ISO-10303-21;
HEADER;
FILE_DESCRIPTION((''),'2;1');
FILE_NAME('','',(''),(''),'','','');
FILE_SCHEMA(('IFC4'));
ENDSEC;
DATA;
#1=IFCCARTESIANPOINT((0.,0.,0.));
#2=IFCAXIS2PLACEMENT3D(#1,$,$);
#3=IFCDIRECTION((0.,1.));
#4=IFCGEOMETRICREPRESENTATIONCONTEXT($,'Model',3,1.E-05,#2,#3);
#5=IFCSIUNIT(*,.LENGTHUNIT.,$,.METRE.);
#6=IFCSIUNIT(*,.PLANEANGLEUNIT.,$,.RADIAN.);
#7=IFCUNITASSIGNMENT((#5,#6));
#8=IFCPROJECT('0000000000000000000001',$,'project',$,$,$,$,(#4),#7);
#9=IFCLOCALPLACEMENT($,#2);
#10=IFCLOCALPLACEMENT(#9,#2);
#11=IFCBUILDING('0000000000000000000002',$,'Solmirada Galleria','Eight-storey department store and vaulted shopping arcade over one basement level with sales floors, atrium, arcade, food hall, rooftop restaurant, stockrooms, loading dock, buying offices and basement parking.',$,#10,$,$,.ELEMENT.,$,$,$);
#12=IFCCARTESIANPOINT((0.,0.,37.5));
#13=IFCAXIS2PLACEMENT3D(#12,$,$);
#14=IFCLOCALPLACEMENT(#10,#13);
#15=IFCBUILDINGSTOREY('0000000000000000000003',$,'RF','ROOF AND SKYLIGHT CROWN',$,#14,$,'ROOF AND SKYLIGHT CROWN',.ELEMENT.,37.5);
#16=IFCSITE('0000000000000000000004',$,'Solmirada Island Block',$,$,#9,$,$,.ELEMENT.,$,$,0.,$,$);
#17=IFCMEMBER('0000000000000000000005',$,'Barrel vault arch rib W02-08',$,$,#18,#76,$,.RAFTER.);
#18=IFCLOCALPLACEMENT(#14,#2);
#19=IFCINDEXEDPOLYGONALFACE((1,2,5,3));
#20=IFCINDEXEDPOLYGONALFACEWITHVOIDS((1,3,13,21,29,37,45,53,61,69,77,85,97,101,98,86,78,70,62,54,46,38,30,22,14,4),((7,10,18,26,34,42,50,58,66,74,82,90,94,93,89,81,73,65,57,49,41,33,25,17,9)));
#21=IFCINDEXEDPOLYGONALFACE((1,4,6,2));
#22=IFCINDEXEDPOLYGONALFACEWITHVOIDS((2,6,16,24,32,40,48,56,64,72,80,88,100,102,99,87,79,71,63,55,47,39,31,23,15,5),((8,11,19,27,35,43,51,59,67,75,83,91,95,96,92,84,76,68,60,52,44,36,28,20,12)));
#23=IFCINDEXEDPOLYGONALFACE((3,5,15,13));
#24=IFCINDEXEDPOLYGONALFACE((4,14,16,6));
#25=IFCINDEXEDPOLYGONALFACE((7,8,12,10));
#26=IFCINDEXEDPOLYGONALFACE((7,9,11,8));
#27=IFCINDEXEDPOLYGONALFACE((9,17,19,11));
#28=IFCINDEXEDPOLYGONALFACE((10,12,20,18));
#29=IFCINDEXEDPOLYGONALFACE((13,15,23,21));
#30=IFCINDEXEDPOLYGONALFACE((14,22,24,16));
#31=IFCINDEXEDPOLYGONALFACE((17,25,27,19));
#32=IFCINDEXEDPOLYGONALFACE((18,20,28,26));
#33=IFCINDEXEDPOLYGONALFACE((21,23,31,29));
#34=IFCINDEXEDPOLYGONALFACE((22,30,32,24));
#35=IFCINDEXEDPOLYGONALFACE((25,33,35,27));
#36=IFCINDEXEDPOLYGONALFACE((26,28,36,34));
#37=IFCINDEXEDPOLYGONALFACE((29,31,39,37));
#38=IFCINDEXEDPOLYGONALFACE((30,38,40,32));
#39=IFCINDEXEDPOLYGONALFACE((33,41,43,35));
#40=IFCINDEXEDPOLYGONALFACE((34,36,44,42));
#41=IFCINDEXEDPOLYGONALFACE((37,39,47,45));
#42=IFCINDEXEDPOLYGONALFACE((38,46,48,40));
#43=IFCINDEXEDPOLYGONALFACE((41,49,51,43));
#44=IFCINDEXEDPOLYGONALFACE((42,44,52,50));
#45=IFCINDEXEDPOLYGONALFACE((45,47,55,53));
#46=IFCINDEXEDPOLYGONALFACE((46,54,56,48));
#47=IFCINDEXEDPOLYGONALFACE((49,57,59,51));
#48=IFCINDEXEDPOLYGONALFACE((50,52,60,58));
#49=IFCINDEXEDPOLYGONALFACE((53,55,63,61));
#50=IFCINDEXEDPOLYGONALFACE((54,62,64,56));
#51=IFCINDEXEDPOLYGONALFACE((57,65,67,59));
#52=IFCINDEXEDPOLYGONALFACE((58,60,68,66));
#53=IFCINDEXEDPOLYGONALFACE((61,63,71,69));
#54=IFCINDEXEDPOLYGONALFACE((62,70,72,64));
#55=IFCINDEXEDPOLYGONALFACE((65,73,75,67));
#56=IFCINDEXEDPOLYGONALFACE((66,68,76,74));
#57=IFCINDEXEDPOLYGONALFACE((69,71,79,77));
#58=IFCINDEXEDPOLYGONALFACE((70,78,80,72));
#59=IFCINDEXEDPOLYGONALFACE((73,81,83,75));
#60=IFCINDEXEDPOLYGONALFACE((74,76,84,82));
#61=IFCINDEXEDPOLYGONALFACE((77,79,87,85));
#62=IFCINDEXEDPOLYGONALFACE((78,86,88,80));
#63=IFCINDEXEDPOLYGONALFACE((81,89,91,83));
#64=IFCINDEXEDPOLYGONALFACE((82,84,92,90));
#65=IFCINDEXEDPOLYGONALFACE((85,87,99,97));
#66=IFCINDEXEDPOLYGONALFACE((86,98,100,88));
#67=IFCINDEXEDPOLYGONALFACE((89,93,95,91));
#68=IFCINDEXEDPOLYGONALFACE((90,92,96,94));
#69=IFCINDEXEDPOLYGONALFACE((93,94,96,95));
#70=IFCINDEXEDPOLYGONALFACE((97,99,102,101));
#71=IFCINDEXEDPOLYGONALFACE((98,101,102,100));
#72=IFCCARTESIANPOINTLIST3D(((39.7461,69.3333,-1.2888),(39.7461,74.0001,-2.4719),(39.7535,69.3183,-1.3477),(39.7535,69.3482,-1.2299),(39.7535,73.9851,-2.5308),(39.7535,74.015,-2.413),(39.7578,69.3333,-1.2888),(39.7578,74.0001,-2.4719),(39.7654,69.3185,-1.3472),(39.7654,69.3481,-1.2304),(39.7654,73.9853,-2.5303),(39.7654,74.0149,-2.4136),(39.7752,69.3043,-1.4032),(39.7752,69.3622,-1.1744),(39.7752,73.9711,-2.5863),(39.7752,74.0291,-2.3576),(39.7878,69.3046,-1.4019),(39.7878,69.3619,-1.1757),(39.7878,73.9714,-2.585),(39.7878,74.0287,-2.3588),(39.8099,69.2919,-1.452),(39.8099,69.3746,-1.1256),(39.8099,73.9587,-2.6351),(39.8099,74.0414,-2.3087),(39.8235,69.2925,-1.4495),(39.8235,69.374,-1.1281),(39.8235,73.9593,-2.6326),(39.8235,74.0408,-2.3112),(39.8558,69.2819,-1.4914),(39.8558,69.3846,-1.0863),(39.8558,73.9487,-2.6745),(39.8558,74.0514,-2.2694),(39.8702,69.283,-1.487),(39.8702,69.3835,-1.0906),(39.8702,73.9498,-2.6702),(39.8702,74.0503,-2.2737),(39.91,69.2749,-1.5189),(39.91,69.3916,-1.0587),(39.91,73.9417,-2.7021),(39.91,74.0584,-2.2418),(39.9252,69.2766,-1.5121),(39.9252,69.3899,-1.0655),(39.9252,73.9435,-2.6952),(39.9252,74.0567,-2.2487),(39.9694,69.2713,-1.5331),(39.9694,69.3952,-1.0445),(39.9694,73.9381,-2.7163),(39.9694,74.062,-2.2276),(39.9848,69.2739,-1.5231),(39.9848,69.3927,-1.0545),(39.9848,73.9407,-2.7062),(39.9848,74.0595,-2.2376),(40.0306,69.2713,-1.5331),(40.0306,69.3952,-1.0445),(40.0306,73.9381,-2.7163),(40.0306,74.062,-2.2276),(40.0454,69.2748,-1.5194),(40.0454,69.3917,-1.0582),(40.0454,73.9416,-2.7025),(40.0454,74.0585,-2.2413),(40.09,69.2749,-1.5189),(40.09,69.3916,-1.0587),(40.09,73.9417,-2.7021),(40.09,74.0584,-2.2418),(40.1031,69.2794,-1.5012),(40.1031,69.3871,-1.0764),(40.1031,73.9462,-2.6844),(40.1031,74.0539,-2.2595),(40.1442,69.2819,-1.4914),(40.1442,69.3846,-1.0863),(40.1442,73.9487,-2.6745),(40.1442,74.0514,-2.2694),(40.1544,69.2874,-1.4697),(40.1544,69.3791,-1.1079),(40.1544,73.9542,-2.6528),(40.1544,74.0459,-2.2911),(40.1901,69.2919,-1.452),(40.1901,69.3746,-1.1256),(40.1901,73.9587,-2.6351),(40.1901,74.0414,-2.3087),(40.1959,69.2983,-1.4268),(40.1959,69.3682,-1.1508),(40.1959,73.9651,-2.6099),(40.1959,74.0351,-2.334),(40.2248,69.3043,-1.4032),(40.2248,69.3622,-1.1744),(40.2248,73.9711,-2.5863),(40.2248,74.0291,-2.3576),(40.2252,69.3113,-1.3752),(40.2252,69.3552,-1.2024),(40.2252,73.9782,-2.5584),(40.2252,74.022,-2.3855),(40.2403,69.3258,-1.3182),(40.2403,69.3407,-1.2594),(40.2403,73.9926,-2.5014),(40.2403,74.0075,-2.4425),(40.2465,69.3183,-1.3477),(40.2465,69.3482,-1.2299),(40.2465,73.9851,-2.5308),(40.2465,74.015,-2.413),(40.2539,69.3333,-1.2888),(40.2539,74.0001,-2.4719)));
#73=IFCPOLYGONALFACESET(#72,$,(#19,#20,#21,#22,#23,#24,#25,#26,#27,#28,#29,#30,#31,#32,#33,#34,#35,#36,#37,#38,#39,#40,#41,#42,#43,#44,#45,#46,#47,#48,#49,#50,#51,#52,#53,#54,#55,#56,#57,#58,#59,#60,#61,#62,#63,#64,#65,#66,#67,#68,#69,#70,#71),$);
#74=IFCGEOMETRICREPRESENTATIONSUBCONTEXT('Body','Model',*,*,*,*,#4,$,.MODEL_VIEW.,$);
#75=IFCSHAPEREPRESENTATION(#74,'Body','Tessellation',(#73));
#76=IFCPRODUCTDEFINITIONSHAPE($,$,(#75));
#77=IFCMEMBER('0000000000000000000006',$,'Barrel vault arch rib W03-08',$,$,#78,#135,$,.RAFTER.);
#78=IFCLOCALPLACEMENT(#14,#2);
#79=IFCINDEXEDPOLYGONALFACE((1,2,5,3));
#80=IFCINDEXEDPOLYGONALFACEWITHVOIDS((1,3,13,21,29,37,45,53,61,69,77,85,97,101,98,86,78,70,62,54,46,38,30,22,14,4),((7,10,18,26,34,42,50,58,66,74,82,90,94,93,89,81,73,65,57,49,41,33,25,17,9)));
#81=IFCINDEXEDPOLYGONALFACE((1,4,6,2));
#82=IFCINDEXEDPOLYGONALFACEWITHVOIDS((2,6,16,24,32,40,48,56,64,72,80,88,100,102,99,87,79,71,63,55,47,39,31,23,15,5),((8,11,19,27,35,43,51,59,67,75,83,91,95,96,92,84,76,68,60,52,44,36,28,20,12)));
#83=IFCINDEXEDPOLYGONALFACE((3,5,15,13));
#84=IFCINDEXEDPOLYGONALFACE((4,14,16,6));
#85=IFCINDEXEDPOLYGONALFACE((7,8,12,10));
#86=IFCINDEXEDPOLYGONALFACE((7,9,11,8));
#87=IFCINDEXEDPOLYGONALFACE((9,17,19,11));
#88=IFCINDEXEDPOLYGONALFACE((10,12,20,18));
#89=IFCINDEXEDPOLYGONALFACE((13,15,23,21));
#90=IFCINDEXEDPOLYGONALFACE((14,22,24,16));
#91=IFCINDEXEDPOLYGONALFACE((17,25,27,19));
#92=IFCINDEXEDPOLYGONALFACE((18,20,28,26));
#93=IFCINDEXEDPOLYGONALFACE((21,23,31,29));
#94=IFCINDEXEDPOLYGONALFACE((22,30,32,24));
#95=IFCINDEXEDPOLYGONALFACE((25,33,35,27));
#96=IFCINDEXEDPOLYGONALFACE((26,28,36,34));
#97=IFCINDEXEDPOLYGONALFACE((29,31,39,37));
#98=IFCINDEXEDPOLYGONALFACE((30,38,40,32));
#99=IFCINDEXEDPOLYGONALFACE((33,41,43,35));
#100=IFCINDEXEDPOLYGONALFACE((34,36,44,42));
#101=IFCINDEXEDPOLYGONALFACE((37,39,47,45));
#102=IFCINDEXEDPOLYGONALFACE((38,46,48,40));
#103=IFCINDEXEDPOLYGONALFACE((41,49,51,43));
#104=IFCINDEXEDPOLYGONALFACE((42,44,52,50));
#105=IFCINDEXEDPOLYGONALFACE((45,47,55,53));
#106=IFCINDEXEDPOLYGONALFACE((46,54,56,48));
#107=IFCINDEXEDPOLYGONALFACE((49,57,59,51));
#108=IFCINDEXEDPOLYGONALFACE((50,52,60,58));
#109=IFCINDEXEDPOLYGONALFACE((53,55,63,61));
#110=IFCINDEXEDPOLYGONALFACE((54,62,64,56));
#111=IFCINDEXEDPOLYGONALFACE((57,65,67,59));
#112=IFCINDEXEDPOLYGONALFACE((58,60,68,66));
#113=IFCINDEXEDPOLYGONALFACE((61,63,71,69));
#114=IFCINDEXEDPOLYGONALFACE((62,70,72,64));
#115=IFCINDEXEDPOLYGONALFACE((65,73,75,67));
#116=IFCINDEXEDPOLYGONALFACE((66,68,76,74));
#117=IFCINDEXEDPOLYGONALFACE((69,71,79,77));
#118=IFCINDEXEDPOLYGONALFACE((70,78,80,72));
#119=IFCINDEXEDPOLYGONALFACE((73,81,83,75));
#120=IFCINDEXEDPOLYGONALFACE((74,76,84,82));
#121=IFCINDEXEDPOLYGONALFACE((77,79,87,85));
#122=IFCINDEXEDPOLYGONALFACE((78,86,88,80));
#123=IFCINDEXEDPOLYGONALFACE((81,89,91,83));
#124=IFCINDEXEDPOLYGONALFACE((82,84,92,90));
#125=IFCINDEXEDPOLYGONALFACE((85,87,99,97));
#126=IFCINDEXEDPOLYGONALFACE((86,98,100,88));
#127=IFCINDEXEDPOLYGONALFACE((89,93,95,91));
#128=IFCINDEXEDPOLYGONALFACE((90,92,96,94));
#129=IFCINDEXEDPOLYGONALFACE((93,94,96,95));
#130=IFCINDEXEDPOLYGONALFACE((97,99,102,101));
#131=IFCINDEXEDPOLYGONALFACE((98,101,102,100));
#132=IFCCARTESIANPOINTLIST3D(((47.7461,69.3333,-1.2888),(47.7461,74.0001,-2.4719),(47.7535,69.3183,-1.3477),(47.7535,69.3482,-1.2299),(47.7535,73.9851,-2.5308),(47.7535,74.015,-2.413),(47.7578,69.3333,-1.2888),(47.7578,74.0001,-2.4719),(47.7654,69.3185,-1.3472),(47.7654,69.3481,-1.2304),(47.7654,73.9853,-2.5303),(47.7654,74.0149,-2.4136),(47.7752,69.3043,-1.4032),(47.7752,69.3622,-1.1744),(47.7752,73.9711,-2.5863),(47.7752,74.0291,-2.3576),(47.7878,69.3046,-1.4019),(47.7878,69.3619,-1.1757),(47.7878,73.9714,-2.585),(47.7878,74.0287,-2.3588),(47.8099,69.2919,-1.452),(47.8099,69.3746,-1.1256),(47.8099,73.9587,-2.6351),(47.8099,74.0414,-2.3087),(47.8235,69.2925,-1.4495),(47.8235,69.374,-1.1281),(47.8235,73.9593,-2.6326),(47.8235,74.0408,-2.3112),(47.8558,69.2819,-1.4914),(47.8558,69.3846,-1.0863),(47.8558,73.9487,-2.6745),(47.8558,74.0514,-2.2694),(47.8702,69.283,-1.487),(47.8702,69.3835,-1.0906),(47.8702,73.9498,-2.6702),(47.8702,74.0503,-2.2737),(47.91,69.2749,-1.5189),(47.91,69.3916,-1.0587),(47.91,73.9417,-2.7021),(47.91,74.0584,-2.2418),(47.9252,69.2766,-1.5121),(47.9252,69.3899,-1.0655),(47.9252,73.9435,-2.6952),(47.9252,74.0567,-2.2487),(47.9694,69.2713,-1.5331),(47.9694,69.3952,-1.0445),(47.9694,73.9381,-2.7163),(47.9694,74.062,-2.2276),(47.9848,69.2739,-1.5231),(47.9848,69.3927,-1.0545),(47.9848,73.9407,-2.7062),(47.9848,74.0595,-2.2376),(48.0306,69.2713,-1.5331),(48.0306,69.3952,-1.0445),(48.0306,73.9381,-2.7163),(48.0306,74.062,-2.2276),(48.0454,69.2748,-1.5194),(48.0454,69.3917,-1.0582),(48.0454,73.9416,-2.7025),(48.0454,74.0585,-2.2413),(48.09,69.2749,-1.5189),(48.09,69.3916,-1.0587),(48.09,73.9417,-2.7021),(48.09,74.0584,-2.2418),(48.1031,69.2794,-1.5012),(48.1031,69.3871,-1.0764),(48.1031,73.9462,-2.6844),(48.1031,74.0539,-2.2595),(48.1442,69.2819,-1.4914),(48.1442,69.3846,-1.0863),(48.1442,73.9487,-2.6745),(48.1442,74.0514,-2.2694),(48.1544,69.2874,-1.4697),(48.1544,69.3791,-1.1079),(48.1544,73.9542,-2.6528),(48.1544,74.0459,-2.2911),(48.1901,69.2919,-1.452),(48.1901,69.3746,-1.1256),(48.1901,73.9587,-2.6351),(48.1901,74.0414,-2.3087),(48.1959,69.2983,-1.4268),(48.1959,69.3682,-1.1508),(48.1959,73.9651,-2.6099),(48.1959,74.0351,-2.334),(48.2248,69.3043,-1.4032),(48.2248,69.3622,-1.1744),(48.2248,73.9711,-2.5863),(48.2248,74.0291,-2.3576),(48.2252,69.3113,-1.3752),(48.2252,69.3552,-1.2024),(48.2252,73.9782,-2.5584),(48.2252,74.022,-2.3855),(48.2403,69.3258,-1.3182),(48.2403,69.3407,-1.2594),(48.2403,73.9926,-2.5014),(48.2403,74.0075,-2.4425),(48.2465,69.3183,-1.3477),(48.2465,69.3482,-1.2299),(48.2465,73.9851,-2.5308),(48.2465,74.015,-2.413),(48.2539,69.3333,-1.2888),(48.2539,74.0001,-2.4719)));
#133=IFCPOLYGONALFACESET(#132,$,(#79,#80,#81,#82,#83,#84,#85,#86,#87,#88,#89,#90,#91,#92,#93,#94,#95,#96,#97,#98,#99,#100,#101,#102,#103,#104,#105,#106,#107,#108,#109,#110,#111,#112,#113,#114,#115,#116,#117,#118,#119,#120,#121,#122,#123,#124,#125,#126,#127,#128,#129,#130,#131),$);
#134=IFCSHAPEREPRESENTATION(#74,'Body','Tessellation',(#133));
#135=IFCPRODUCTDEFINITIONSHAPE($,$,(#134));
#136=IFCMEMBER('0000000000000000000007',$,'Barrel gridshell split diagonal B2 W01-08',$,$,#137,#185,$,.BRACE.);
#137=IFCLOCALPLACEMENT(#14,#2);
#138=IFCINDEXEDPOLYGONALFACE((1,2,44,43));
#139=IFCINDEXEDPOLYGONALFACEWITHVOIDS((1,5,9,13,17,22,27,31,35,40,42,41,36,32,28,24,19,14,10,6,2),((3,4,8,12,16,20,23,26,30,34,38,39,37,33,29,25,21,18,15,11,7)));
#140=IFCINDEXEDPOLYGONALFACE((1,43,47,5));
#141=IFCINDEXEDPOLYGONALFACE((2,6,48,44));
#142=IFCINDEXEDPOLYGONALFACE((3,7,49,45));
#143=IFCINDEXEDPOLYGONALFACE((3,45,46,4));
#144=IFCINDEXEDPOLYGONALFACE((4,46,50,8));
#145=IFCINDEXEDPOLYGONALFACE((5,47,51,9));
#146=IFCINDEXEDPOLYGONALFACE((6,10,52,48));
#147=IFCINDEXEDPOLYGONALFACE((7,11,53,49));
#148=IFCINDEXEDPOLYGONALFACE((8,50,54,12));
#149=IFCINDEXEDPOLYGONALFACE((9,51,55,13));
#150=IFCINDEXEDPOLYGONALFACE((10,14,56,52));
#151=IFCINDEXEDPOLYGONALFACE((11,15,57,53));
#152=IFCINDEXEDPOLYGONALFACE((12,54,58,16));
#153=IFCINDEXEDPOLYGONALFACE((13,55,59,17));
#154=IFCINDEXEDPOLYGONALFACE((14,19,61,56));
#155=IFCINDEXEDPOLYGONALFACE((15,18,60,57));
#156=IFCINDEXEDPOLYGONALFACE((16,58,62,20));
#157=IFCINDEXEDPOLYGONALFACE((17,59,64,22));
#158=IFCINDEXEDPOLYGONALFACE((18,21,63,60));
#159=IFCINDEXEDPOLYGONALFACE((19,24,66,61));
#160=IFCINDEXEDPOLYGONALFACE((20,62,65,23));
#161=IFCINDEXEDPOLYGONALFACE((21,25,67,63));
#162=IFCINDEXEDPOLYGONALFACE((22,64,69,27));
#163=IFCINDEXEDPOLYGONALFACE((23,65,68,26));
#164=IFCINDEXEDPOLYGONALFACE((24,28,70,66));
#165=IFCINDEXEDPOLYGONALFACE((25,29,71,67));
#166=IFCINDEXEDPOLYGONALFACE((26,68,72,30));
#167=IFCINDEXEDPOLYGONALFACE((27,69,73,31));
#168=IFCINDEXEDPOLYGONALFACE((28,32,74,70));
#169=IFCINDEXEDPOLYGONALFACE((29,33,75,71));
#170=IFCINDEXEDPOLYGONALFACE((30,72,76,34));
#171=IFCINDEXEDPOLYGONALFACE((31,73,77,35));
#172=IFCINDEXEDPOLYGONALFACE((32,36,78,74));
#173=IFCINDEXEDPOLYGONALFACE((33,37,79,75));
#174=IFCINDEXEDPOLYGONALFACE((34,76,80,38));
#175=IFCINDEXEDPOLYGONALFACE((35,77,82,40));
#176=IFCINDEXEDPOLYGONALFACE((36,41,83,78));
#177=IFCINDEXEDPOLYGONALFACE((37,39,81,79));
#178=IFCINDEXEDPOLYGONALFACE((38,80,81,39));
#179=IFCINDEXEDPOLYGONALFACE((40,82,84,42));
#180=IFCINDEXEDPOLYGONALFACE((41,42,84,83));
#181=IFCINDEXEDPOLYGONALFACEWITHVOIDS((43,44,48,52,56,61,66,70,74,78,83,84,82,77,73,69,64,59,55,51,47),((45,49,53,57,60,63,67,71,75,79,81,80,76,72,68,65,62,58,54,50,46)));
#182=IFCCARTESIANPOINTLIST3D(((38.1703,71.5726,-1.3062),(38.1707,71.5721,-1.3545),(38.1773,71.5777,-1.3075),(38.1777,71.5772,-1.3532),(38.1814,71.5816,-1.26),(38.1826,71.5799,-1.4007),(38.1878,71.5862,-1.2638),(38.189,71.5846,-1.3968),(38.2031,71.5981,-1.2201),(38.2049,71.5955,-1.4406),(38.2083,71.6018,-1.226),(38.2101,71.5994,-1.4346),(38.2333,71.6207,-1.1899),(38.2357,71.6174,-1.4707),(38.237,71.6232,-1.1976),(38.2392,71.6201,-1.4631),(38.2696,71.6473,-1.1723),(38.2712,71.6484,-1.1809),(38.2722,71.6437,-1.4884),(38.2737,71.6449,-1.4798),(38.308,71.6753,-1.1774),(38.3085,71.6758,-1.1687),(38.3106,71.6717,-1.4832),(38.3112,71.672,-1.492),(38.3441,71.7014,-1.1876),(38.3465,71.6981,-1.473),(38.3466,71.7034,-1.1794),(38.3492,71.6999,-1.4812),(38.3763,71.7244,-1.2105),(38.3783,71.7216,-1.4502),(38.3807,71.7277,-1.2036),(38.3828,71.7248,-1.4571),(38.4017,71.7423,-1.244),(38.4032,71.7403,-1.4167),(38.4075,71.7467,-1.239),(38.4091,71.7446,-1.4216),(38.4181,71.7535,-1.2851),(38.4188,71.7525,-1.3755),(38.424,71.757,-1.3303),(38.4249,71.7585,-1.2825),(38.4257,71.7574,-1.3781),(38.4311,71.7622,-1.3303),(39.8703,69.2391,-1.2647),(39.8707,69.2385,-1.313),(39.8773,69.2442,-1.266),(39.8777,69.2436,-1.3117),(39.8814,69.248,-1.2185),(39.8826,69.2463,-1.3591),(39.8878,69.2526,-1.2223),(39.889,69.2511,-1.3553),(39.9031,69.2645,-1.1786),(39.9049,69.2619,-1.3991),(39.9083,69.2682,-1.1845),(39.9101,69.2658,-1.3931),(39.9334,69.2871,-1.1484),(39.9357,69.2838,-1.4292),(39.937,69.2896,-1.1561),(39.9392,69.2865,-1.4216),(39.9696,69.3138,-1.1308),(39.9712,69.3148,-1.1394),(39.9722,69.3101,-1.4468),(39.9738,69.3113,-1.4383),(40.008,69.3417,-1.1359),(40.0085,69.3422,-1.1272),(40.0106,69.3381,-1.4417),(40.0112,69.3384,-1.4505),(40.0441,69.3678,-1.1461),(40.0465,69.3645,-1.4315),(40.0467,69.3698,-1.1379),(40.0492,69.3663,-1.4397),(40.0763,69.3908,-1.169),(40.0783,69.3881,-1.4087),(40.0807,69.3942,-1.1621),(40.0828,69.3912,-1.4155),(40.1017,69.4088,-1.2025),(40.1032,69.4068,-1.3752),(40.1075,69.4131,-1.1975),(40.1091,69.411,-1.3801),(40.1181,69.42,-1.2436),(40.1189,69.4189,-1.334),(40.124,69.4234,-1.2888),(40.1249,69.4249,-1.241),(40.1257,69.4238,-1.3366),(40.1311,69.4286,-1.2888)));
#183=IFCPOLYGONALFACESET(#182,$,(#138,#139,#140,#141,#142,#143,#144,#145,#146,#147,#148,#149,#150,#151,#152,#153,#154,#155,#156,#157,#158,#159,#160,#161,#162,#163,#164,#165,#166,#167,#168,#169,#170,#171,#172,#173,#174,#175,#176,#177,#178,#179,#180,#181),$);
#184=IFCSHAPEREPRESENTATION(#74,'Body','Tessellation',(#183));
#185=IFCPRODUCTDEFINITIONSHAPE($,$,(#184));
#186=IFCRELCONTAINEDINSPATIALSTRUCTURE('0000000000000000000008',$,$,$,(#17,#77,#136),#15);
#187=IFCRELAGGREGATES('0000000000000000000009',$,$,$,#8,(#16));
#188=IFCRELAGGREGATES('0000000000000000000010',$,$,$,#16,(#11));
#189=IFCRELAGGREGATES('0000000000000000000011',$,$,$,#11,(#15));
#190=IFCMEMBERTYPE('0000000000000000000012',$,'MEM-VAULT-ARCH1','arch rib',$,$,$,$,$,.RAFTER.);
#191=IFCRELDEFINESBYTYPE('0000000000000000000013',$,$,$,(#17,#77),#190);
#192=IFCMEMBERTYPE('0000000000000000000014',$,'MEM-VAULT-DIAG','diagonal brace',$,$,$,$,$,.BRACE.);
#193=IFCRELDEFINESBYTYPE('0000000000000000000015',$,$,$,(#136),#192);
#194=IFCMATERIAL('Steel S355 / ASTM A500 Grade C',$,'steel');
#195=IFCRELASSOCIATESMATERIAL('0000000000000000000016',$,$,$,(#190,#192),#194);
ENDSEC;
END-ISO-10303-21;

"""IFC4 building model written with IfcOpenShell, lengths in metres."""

from ifc_helpers import new_model, si_unit, direction, frame, origin, origin_2d, place, context, subcontext, project, spatial, hollow_circle, extrude, material, material_profile, profile_set, type_object, element, save


model = new_model("IFC4")

# Units and contexts
model_context = context("Model", 3, precision=1e-05, world=origin(), true_north=direction((0.0, 1.0)))
body_context = subcontext(model_context, "Body", "Model", "MODEL_VIEW")
ifc_project = project(units=[si_unit("LENGTHUNIT", "METRE"), si_unit("PLANEANGLEUNIT", "RADIAN")], contexts=[model_context])

# Site, building, storey
site_placement = place(None, origin())
site = spatial("IfcSite", under=ifc_project, at=site_placement, Name="Solmirada Island Block", CompositionType="ELEMENT", RefElevation=0.0)
building_placement = place(site_placement, origin())
building = spatial("IfcBuilding", under=site, at=building_placement, Name="Solmirada Galleria", Description="Eight-storey department store and vaulted shopping arcade over one basement level with sales floors, atrium, arcade, food hall, rooftop restaurant, stockrooms, loading dock, buying offices and basement parking.", CompositionType="ELEMENT")
storey_placement = place(building_placement, frame((0.0, 0.0, 37.5)))
storey = spatial("IfcBuildingStorey", under=building, at=storey_placement, Name="RF", Description="ROOF AND SKYLIGHT CROWN", LongName="ROOF AND SKYLIGHT CROWN", CompositionType="ELEMENT", Elevation=37.5)

# Members
ifc_material_1 = material(Name="Steel S355 / ASTM A500 Grade C", Category="steel")
ifc_material_profile_1 = material_profile(ifc_material_1, hollow_circle(Radius=0.2539, WallThickness=0.0117, at=origin_2d()), Name="HSS20.000X0.500")
ifc_profile_set_1 = profile_set([ifc_material_profile_1], Name="Steel S355 / ASTM A500 Grade C")
member_type_1 = type_object("IfcMemberType", Name="MEM-VAULT-ARCH1", Description="arch rib", PredefinedType="RAFTER", material=ifc_profile_set_1)
for number, where, z_axis, x_axis, name in (
    (1, (40.0, 69.3333, -1.2888), (0.0, 0.969335, -0.245744), (-1.0, 0.0, 0.0), "Barrel vault arch rib W02-08"),
    (2, (48.0, 69.3333, -1.2888), (0.0, 0.969335, -0.245744), (-1.0, 0.0, 0.0), "Barrel vault arch rib W03-08"),
):
    element("IfcMember", number, at=place(storey_placement, frame(where, z_axis=z_axis, x_axis=x_axis)), inside=storey, type_object=member_type_1, Name=name, PredefinedType="RAFTER", context=body_context, shape_type="SweptSolid", body=[
        extrude(hollow_circle(Radius=0.2539, WallThickness=0.0117, at=origin_2d()), origin(), (0.0, 0.0, 1.0), 4.8145),
    ])
ifc_material_profile_2 = material_profile(ifc_material_1, hollow_circle(Radius=0.1621, WallThickness=0.0088, at=origin_2d()), Name="HSS12.750X0.375")
ifc_profile_set_2 = profile_set([ifc_material_profile_2], Name="Steel S355 / ASTM A500 Grade C")
member_type_2 = type_object("IfcMemberType", Name="MEM-VAULT-DIAG", Description="diagonal brace", PredefinedType="BRACE", material=ifc_profile_set_2)
member_1_placement = place(storey_placement, frame((38.3, 71.6667, -1.3303), z_axis=(0.588759, -0.808181, 0.014374), x_axis=(0.808264, 0.58882, 0.0)))
element("IfcMember", 3, at=member_1_placement, inside=storey, type_object=member_type_2, Name="Barrel gridshell split diagonal B2 W01-08", PredefinedType="BRACE", context=body_context, shape_type="SweptSolid", body=[
    extrude(hollow_circle(Radius=0.1621, WallThickness=0.0088, at=origin_2d()), origin(), (0.0, 0.0, 1.0), 2.8875),
])

save(model, "model.ifc")
